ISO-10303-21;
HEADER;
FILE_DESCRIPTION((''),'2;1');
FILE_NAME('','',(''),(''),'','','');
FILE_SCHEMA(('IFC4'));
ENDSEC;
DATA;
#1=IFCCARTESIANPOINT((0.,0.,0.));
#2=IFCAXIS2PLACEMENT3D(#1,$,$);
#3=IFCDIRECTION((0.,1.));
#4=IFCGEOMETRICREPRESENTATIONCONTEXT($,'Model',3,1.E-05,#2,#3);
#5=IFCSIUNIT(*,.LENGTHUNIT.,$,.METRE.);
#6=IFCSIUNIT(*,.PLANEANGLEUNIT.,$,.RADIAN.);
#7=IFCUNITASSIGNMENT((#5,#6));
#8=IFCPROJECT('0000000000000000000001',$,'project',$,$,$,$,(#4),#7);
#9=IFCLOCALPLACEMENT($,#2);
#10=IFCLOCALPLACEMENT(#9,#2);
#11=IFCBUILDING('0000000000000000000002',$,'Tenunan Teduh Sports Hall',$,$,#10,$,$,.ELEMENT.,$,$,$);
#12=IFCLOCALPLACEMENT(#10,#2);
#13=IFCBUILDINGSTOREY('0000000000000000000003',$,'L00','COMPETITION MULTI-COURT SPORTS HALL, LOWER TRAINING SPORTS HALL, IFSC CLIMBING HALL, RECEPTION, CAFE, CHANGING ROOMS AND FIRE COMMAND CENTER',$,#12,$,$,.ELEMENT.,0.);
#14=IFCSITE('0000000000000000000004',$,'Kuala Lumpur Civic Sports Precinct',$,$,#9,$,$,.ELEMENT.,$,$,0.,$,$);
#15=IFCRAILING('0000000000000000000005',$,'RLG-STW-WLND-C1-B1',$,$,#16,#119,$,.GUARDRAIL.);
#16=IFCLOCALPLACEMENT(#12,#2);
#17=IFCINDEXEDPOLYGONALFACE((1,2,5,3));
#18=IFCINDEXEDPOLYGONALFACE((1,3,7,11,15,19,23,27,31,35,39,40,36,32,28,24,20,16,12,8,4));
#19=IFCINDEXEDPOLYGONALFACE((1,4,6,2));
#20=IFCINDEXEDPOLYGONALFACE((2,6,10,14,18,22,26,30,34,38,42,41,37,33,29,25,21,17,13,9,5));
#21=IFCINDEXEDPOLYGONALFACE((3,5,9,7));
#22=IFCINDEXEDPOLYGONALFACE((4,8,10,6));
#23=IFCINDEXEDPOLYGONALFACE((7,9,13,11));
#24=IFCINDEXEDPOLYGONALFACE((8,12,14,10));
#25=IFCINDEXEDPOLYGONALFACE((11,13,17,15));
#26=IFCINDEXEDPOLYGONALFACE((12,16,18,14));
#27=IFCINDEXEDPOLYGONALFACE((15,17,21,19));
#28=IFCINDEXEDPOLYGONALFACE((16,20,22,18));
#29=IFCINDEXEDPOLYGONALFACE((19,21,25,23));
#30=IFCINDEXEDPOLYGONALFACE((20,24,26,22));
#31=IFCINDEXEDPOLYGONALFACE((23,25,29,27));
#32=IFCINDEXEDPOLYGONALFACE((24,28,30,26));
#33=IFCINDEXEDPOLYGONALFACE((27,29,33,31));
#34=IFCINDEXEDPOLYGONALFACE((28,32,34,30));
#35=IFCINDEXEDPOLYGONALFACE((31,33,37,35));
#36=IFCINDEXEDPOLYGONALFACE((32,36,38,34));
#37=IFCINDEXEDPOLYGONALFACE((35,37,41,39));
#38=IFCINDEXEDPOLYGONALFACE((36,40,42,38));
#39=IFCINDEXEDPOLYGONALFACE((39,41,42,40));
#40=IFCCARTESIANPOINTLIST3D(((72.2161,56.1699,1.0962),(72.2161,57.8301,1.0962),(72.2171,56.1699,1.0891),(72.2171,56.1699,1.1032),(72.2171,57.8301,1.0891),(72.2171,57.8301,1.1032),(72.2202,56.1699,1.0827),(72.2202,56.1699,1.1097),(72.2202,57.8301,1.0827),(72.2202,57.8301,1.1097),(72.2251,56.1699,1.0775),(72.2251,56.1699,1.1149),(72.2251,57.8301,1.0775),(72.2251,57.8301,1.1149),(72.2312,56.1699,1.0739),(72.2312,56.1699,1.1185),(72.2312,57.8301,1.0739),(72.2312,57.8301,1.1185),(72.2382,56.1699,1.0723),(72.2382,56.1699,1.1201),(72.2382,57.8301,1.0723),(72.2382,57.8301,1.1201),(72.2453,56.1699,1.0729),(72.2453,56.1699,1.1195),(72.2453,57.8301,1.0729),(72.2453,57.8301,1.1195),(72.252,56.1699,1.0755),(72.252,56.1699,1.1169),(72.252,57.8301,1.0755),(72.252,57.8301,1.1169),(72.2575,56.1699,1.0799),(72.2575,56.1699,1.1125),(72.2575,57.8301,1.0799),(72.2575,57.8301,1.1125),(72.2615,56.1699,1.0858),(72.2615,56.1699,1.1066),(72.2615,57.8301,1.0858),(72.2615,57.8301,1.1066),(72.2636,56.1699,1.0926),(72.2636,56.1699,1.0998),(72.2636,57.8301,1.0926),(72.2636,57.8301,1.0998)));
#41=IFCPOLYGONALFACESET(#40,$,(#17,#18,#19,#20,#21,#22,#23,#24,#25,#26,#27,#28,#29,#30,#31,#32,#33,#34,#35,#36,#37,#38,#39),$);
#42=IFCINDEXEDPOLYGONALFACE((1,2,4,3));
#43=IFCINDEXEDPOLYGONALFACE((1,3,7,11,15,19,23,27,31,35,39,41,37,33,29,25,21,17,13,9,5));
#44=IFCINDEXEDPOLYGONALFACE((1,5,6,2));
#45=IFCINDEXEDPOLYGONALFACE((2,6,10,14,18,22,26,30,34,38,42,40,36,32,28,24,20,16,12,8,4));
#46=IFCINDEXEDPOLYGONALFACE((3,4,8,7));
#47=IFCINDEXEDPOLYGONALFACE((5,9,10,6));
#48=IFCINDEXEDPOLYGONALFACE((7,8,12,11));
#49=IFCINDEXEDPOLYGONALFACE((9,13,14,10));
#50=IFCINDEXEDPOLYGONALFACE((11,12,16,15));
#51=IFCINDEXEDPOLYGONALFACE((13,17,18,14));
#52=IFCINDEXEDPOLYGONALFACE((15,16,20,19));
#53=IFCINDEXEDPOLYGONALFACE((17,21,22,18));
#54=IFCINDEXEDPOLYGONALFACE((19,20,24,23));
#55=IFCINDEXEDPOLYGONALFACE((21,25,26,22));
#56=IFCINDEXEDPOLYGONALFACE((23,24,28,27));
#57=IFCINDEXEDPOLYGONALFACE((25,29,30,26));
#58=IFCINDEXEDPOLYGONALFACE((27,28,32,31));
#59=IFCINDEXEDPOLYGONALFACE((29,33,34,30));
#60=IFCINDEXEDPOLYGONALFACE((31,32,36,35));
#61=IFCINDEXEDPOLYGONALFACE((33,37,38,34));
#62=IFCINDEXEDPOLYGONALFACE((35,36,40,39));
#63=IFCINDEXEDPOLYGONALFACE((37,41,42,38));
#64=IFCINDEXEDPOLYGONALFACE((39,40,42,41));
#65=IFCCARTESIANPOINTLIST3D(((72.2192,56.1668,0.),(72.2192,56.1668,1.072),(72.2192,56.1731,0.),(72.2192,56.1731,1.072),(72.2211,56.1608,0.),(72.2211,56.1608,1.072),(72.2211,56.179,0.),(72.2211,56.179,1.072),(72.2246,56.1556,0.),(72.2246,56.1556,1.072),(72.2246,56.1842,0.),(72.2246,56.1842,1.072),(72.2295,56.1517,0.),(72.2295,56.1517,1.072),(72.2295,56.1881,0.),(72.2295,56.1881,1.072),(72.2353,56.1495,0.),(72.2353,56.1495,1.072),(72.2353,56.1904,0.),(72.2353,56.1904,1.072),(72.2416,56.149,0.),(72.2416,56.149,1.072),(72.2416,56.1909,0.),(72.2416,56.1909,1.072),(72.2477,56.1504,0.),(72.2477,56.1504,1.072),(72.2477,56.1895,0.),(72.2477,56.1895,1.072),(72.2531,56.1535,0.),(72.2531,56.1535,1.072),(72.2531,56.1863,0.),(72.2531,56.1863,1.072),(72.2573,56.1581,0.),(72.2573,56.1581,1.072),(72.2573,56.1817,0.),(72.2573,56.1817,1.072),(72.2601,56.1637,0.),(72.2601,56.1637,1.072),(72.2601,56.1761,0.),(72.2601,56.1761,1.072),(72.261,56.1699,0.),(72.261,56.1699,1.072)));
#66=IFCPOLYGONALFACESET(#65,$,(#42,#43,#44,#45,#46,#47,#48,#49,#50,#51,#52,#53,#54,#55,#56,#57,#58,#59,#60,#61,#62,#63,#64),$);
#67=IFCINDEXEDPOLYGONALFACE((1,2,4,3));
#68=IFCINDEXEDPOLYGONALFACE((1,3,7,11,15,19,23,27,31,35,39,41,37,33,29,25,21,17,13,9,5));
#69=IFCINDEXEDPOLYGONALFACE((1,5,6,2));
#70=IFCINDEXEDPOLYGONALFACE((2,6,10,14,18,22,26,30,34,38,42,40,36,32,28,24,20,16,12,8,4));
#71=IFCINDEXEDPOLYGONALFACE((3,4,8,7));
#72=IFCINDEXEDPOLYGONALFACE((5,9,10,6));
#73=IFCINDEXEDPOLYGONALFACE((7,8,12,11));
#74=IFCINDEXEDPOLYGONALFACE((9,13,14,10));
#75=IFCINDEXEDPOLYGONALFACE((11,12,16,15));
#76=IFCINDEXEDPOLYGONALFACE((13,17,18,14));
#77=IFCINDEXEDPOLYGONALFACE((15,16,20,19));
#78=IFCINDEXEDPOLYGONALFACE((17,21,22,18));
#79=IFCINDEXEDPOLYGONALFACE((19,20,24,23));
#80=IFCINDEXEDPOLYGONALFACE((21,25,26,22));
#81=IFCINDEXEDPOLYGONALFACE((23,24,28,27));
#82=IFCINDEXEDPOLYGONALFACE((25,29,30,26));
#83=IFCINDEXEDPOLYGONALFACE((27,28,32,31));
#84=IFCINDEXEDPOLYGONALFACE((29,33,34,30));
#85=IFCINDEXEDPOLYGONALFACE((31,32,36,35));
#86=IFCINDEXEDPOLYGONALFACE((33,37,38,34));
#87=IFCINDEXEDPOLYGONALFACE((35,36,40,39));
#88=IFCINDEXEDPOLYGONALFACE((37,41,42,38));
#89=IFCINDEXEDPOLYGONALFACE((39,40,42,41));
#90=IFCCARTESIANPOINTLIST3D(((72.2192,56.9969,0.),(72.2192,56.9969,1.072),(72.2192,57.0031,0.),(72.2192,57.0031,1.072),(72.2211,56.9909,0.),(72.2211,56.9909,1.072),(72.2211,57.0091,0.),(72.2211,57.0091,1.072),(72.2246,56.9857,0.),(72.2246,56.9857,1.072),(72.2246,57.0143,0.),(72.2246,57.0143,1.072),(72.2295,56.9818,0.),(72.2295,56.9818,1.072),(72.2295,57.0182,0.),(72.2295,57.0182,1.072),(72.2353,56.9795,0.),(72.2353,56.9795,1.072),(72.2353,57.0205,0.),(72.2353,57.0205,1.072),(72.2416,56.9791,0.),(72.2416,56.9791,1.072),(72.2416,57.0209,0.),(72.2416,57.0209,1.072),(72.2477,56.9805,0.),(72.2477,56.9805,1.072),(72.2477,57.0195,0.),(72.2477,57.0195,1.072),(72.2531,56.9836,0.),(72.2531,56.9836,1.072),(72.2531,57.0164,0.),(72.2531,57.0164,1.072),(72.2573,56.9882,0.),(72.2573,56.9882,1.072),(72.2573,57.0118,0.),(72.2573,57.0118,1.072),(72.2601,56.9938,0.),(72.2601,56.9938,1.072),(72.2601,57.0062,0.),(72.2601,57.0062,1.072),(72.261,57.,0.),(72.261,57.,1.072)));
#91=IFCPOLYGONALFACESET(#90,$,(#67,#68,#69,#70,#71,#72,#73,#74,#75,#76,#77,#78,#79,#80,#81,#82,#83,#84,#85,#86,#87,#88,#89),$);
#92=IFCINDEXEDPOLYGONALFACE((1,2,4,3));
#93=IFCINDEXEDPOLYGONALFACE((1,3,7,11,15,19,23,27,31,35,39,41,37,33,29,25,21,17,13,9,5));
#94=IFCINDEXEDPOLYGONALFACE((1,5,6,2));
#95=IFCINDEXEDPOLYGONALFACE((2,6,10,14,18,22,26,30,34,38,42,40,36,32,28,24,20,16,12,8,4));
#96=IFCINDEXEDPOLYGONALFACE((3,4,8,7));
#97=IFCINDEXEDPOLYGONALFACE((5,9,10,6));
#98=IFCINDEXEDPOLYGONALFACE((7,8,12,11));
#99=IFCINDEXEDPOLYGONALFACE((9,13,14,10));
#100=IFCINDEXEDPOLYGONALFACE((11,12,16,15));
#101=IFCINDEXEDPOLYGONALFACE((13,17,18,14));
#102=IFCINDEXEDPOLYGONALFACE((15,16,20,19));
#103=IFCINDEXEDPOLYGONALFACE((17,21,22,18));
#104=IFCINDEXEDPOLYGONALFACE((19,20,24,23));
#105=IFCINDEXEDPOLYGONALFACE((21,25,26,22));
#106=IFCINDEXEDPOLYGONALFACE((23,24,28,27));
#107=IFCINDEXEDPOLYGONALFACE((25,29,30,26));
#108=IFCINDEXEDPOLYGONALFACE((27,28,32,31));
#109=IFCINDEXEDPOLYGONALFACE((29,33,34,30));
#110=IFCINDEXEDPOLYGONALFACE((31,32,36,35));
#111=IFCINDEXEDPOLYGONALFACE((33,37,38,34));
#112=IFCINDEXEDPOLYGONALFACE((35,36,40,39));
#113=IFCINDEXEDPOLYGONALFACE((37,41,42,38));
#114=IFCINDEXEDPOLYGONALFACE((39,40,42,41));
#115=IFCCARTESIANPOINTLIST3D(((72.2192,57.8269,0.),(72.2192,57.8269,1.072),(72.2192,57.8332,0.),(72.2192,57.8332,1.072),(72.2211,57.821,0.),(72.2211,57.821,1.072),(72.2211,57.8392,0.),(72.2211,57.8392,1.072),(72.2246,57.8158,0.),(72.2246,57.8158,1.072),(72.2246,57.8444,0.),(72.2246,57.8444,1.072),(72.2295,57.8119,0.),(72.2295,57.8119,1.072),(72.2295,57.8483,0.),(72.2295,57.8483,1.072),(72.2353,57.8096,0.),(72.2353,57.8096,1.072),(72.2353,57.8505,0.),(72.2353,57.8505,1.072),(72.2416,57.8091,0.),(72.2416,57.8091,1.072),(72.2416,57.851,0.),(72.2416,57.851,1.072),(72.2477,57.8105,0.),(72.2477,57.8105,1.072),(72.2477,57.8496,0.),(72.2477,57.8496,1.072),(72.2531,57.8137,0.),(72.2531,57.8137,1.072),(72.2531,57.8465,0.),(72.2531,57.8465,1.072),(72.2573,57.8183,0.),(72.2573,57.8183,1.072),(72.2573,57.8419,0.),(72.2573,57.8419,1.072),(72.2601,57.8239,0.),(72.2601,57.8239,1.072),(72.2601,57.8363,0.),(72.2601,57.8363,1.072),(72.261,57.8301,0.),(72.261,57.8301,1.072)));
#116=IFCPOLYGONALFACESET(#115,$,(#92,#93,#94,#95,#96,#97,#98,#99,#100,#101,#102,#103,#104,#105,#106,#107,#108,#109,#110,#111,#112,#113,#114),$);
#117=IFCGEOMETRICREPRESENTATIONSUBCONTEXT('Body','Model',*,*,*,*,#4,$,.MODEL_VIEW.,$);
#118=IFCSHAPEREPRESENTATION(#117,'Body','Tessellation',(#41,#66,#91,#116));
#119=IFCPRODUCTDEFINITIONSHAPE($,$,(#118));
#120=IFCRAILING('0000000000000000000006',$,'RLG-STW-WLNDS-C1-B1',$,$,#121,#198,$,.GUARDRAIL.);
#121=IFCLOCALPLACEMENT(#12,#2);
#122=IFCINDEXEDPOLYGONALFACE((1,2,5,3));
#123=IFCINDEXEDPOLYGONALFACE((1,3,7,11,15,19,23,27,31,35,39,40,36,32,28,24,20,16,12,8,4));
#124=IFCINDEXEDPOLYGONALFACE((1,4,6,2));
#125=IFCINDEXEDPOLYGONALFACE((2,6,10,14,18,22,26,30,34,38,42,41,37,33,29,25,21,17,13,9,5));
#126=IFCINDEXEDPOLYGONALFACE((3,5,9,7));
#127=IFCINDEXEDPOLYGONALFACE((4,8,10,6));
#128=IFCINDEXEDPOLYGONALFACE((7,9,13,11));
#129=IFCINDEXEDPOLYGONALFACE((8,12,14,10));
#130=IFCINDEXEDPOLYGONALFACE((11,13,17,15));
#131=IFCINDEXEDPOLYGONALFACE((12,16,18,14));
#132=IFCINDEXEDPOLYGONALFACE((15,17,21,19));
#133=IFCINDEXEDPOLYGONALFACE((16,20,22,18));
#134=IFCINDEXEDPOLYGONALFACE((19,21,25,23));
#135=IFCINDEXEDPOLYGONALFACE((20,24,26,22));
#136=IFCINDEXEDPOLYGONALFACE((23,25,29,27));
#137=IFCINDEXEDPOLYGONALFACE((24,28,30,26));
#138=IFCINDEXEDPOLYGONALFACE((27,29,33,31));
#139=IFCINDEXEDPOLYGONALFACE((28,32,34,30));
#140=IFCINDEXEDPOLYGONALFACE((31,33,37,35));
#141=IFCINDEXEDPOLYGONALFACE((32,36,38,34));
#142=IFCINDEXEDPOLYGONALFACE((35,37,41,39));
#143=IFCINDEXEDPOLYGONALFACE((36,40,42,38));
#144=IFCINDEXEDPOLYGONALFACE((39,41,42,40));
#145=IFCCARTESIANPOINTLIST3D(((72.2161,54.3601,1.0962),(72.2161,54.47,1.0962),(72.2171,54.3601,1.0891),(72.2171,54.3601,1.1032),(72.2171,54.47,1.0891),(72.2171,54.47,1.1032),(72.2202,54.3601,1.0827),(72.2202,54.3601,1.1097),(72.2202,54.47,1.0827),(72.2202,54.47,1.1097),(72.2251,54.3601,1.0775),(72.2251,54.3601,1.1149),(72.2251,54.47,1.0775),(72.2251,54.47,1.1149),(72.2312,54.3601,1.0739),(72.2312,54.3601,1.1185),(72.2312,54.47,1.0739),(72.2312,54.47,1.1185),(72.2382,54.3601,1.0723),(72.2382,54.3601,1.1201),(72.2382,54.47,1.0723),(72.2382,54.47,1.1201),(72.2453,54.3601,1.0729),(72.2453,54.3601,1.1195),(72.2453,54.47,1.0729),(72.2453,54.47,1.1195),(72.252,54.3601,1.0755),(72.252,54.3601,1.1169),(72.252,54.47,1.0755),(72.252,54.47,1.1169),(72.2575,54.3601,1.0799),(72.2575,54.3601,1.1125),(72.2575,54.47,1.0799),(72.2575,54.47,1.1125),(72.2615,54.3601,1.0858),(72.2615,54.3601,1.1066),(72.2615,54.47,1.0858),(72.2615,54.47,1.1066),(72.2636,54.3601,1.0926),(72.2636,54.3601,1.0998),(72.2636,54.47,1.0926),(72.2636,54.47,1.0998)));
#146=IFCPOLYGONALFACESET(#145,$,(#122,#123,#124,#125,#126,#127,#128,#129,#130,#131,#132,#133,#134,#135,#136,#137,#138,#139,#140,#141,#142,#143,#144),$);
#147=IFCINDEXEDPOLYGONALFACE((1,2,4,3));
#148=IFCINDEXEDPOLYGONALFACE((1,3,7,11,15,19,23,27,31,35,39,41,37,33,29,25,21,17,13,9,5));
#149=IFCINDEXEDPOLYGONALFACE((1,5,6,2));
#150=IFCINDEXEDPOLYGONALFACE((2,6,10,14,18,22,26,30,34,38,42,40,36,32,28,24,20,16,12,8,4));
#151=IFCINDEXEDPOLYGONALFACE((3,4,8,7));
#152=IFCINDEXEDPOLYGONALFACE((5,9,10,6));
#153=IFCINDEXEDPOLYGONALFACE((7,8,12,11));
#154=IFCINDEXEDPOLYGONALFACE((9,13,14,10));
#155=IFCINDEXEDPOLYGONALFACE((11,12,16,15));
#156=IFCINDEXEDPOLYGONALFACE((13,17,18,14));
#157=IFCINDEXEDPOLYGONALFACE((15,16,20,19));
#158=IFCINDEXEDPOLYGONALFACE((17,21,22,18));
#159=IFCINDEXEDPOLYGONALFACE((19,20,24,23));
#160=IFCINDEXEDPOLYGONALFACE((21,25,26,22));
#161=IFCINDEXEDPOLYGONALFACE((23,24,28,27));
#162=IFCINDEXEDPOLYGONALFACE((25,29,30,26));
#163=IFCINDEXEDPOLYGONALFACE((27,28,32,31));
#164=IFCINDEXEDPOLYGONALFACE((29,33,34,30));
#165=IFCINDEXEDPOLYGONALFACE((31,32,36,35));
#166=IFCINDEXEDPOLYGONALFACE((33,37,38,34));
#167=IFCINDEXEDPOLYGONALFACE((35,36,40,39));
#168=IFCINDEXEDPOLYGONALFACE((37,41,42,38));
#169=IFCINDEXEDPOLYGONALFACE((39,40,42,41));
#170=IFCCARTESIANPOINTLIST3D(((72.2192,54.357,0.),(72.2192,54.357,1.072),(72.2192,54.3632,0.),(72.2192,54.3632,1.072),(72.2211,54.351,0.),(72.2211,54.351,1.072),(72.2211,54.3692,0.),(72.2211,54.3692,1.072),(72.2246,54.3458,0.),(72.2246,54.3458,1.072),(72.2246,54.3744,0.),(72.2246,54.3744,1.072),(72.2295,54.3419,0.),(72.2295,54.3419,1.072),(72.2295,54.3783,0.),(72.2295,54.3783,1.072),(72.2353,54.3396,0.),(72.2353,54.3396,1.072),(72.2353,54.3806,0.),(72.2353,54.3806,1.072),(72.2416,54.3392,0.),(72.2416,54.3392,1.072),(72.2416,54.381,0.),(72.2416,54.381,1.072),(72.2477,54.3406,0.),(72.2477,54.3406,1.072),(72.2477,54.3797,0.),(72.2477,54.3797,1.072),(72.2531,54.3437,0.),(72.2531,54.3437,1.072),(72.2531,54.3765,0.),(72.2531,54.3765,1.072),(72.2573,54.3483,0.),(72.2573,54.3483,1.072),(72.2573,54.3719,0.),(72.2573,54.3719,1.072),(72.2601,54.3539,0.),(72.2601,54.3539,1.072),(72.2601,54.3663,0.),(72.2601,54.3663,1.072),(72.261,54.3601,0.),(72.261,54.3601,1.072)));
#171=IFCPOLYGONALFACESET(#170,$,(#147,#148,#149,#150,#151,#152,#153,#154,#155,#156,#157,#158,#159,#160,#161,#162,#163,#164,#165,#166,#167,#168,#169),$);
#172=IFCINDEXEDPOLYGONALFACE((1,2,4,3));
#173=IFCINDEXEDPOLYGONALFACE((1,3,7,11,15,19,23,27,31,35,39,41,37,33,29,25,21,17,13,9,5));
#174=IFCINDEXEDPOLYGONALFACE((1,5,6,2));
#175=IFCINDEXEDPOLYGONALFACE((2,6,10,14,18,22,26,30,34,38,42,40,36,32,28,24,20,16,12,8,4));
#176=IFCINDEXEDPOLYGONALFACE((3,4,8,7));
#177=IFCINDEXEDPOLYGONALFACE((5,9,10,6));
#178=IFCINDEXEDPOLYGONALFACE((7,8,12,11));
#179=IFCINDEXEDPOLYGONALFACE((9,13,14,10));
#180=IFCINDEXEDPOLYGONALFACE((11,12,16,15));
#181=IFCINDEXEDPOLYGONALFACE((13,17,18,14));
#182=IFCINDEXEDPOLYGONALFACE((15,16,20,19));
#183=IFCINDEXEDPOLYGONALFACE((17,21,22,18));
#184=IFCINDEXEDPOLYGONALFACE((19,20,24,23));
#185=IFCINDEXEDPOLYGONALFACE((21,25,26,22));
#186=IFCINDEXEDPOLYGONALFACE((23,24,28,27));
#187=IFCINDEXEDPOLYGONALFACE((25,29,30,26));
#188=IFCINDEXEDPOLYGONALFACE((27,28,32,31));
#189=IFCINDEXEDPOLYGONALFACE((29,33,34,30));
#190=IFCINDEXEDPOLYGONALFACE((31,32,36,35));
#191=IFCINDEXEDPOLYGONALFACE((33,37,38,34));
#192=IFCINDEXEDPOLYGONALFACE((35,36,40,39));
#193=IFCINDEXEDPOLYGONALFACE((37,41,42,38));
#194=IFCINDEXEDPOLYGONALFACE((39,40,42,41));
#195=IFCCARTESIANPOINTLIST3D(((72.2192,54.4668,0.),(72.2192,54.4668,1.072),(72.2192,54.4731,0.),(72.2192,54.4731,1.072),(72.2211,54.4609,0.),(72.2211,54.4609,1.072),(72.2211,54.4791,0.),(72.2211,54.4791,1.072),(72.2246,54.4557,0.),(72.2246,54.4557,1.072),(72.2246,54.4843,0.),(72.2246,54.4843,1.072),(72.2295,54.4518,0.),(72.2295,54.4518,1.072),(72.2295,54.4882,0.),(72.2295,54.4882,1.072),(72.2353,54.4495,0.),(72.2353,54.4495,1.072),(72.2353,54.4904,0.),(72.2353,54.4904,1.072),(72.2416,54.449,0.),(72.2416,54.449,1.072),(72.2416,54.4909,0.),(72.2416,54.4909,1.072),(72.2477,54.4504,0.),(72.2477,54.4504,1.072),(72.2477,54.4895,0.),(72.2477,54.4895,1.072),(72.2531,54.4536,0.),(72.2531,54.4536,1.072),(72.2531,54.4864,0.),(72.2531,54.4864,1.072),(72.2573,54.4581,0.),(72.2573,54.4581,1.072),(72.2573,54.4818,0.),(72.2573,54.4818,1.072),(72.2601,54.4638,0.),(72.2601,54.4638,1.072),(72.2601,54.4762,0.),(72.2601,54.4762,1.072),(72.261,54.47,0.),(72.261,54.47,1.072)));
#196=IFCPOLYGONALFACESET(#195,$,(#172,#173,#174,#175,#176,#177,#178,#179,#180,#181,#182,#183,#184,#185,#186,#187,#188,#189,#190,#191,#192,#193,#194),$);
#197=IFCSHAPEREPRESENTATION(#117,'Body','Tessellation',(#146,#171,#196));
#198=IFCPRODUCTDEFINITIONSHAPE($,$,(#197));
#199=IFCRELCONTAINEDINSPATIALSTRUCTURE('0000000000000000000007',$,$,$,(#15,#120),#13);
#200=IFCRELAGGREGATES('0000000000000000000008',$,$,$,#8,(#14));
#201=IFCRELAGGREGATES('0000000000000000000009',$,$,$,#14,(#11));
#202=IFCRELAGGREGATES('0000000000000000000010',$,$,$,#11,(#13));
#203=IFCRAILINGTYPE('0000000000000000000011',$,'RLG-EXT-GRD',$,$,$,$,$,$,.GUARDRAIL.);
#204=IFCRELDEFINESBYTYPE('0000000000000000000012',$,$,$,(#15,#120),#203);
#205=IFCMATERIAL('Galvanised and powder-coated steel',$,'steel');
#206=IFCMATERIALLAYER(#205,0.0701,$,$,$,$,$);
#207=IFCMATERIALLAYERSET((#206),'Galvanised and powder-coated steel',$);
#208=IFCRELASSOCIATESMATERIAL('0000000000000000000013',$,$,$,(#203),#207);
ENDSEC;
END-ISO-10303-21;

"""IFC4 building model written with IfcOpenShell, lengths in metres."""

from ifc_helpers import new_model, si_unit, direction, frame, origin, origin_2d, place, context, subcontext, project, spatial, circle, extrude, material, layer, layer_set, type_object, element, save


model = new_model("IFC4")

# Units and contexts
model_context = context("Model", 3, precision=1e-05, world=origin(), true_north=direction((0.0, 1.0)))
body_context = subcontext(model_context, "Body", "Model", "MODEL_VIEW")
ifc_project = project(units=[si_unit("LENGTHUNIT", "METRE"), si_unit("PLANEANGLEUNIT", "RADIAN")], contexts=[model_context])

# Site, building, storey
site_placement = place(None, origin())
site = spatial("IfcSite", under=ifc_project, at=site_placement, Name="Kuala Lumpur Civic Sports Precinct", CompositionType="ELEMENT", RefElevation=0.0)
building_placement = place(site_placement, origin())
building = spatial("IfcBuilding", under=site, at=building_placement, Name="Tenunan Teduh Sports Hall", CompositionType="ELEMENT")
storey_placement = place(building_placement, origin())
storey = spatial("IfcBuildingStorey", under=building, at=storey_placement, Name="L00", Description="COMPETITION MULTI-COURT SPORTS HALL, LOWER TRAINING SPORTS HALL, IFSC CLIMBING HALL, RECEPTION, CAFE, CHANGING ROOMS AND FIRE COMMAND CENTER", CompositionType="ELEMENT", Elevation=0.0)

# Railings
ifc_material_1 = material(Name="Galvanised and powder-coated steel", Category="steel")
ifc_layer_1 = layer(ifc_material_1, 0.0701)
ifc_layer_set_1 = layer_set([ifc_layer_1], Name="Galvanised and powder-coated steel")
railing_type_1 = type_object("IfcRailingType", Name="RLG-EXT-GRD", PredefinedType="GUARDRAIL", material=ifc_layer_set_1)
railing_1_placement = place(storey_placement, frame((72.24, 56.1699, 0.0)))
element("IfcRailing", 1, at=railing_1_placement, inside=storey, type_object=railing_type_1, Name="RLG-STW-WLND-C1-B1", PredefinedType="GUARDRAIL", context=body_context, shape_type="SweptSolid", body=[
    extrude(circle(Radius=0.0239, at=origin_2d()), frame((0.0, 0.0, 1.0962), z_axis=(0.0, 1.0, 0.0), x_axis=(-1.0, 0.0, 0.0)), (0.0, 0.0, 1.0), 1.6602),
    extrude(circle(Radius=0.021, at=origin_2d()), origin(), (0.0, 0.0, 1.0), 1.072),
    extrude(circle(Radius=0.021, at=origin_2d()), frame((0.0, 0.8301, 0.0)), (0.0, 0.0, 1.0), 1.072),
    extrude(circle(Radius=0.021, at=origin_2d()), frame((0.0, 1.6602, 0.0)), (0.0, 0.0, 1.0), 1.072),
])
for number, where, name in (
    (2, (72.24, 54.3601, 0.0), "RLG-STW-WLNDS-C1-B1"),
):
    element("IfcRailing", number, at=place(storey_placement, frame(where)), inside=storey, type_object=railing_type_1, Name=name, PredefinedType="GUARDRAIL", context=body_context, shape_type="SweptSolid", body=[
        extrude(circle(Radius=0.0239, at=origin_2d()), frame((0.0, 0.0, 1.0962), z_axis=(0.0, 1.0, 0.0), x_axis=(-1.0, 0.0, 0.0)), (0.0, 0.0, 1.0), 0.1099),
        extrude(circle(Radius=0.021, at=origin_2d()), origin(), (0.0, 0.0, 1.0), 1.072),
        extrude(circle(Radius=0.021, at=origin_2d()), frame((0.0, 0.1099, 0.0)), (0.0, 0.0, 1.0), 1.072),
    ])

save(model, "model.ifc")
